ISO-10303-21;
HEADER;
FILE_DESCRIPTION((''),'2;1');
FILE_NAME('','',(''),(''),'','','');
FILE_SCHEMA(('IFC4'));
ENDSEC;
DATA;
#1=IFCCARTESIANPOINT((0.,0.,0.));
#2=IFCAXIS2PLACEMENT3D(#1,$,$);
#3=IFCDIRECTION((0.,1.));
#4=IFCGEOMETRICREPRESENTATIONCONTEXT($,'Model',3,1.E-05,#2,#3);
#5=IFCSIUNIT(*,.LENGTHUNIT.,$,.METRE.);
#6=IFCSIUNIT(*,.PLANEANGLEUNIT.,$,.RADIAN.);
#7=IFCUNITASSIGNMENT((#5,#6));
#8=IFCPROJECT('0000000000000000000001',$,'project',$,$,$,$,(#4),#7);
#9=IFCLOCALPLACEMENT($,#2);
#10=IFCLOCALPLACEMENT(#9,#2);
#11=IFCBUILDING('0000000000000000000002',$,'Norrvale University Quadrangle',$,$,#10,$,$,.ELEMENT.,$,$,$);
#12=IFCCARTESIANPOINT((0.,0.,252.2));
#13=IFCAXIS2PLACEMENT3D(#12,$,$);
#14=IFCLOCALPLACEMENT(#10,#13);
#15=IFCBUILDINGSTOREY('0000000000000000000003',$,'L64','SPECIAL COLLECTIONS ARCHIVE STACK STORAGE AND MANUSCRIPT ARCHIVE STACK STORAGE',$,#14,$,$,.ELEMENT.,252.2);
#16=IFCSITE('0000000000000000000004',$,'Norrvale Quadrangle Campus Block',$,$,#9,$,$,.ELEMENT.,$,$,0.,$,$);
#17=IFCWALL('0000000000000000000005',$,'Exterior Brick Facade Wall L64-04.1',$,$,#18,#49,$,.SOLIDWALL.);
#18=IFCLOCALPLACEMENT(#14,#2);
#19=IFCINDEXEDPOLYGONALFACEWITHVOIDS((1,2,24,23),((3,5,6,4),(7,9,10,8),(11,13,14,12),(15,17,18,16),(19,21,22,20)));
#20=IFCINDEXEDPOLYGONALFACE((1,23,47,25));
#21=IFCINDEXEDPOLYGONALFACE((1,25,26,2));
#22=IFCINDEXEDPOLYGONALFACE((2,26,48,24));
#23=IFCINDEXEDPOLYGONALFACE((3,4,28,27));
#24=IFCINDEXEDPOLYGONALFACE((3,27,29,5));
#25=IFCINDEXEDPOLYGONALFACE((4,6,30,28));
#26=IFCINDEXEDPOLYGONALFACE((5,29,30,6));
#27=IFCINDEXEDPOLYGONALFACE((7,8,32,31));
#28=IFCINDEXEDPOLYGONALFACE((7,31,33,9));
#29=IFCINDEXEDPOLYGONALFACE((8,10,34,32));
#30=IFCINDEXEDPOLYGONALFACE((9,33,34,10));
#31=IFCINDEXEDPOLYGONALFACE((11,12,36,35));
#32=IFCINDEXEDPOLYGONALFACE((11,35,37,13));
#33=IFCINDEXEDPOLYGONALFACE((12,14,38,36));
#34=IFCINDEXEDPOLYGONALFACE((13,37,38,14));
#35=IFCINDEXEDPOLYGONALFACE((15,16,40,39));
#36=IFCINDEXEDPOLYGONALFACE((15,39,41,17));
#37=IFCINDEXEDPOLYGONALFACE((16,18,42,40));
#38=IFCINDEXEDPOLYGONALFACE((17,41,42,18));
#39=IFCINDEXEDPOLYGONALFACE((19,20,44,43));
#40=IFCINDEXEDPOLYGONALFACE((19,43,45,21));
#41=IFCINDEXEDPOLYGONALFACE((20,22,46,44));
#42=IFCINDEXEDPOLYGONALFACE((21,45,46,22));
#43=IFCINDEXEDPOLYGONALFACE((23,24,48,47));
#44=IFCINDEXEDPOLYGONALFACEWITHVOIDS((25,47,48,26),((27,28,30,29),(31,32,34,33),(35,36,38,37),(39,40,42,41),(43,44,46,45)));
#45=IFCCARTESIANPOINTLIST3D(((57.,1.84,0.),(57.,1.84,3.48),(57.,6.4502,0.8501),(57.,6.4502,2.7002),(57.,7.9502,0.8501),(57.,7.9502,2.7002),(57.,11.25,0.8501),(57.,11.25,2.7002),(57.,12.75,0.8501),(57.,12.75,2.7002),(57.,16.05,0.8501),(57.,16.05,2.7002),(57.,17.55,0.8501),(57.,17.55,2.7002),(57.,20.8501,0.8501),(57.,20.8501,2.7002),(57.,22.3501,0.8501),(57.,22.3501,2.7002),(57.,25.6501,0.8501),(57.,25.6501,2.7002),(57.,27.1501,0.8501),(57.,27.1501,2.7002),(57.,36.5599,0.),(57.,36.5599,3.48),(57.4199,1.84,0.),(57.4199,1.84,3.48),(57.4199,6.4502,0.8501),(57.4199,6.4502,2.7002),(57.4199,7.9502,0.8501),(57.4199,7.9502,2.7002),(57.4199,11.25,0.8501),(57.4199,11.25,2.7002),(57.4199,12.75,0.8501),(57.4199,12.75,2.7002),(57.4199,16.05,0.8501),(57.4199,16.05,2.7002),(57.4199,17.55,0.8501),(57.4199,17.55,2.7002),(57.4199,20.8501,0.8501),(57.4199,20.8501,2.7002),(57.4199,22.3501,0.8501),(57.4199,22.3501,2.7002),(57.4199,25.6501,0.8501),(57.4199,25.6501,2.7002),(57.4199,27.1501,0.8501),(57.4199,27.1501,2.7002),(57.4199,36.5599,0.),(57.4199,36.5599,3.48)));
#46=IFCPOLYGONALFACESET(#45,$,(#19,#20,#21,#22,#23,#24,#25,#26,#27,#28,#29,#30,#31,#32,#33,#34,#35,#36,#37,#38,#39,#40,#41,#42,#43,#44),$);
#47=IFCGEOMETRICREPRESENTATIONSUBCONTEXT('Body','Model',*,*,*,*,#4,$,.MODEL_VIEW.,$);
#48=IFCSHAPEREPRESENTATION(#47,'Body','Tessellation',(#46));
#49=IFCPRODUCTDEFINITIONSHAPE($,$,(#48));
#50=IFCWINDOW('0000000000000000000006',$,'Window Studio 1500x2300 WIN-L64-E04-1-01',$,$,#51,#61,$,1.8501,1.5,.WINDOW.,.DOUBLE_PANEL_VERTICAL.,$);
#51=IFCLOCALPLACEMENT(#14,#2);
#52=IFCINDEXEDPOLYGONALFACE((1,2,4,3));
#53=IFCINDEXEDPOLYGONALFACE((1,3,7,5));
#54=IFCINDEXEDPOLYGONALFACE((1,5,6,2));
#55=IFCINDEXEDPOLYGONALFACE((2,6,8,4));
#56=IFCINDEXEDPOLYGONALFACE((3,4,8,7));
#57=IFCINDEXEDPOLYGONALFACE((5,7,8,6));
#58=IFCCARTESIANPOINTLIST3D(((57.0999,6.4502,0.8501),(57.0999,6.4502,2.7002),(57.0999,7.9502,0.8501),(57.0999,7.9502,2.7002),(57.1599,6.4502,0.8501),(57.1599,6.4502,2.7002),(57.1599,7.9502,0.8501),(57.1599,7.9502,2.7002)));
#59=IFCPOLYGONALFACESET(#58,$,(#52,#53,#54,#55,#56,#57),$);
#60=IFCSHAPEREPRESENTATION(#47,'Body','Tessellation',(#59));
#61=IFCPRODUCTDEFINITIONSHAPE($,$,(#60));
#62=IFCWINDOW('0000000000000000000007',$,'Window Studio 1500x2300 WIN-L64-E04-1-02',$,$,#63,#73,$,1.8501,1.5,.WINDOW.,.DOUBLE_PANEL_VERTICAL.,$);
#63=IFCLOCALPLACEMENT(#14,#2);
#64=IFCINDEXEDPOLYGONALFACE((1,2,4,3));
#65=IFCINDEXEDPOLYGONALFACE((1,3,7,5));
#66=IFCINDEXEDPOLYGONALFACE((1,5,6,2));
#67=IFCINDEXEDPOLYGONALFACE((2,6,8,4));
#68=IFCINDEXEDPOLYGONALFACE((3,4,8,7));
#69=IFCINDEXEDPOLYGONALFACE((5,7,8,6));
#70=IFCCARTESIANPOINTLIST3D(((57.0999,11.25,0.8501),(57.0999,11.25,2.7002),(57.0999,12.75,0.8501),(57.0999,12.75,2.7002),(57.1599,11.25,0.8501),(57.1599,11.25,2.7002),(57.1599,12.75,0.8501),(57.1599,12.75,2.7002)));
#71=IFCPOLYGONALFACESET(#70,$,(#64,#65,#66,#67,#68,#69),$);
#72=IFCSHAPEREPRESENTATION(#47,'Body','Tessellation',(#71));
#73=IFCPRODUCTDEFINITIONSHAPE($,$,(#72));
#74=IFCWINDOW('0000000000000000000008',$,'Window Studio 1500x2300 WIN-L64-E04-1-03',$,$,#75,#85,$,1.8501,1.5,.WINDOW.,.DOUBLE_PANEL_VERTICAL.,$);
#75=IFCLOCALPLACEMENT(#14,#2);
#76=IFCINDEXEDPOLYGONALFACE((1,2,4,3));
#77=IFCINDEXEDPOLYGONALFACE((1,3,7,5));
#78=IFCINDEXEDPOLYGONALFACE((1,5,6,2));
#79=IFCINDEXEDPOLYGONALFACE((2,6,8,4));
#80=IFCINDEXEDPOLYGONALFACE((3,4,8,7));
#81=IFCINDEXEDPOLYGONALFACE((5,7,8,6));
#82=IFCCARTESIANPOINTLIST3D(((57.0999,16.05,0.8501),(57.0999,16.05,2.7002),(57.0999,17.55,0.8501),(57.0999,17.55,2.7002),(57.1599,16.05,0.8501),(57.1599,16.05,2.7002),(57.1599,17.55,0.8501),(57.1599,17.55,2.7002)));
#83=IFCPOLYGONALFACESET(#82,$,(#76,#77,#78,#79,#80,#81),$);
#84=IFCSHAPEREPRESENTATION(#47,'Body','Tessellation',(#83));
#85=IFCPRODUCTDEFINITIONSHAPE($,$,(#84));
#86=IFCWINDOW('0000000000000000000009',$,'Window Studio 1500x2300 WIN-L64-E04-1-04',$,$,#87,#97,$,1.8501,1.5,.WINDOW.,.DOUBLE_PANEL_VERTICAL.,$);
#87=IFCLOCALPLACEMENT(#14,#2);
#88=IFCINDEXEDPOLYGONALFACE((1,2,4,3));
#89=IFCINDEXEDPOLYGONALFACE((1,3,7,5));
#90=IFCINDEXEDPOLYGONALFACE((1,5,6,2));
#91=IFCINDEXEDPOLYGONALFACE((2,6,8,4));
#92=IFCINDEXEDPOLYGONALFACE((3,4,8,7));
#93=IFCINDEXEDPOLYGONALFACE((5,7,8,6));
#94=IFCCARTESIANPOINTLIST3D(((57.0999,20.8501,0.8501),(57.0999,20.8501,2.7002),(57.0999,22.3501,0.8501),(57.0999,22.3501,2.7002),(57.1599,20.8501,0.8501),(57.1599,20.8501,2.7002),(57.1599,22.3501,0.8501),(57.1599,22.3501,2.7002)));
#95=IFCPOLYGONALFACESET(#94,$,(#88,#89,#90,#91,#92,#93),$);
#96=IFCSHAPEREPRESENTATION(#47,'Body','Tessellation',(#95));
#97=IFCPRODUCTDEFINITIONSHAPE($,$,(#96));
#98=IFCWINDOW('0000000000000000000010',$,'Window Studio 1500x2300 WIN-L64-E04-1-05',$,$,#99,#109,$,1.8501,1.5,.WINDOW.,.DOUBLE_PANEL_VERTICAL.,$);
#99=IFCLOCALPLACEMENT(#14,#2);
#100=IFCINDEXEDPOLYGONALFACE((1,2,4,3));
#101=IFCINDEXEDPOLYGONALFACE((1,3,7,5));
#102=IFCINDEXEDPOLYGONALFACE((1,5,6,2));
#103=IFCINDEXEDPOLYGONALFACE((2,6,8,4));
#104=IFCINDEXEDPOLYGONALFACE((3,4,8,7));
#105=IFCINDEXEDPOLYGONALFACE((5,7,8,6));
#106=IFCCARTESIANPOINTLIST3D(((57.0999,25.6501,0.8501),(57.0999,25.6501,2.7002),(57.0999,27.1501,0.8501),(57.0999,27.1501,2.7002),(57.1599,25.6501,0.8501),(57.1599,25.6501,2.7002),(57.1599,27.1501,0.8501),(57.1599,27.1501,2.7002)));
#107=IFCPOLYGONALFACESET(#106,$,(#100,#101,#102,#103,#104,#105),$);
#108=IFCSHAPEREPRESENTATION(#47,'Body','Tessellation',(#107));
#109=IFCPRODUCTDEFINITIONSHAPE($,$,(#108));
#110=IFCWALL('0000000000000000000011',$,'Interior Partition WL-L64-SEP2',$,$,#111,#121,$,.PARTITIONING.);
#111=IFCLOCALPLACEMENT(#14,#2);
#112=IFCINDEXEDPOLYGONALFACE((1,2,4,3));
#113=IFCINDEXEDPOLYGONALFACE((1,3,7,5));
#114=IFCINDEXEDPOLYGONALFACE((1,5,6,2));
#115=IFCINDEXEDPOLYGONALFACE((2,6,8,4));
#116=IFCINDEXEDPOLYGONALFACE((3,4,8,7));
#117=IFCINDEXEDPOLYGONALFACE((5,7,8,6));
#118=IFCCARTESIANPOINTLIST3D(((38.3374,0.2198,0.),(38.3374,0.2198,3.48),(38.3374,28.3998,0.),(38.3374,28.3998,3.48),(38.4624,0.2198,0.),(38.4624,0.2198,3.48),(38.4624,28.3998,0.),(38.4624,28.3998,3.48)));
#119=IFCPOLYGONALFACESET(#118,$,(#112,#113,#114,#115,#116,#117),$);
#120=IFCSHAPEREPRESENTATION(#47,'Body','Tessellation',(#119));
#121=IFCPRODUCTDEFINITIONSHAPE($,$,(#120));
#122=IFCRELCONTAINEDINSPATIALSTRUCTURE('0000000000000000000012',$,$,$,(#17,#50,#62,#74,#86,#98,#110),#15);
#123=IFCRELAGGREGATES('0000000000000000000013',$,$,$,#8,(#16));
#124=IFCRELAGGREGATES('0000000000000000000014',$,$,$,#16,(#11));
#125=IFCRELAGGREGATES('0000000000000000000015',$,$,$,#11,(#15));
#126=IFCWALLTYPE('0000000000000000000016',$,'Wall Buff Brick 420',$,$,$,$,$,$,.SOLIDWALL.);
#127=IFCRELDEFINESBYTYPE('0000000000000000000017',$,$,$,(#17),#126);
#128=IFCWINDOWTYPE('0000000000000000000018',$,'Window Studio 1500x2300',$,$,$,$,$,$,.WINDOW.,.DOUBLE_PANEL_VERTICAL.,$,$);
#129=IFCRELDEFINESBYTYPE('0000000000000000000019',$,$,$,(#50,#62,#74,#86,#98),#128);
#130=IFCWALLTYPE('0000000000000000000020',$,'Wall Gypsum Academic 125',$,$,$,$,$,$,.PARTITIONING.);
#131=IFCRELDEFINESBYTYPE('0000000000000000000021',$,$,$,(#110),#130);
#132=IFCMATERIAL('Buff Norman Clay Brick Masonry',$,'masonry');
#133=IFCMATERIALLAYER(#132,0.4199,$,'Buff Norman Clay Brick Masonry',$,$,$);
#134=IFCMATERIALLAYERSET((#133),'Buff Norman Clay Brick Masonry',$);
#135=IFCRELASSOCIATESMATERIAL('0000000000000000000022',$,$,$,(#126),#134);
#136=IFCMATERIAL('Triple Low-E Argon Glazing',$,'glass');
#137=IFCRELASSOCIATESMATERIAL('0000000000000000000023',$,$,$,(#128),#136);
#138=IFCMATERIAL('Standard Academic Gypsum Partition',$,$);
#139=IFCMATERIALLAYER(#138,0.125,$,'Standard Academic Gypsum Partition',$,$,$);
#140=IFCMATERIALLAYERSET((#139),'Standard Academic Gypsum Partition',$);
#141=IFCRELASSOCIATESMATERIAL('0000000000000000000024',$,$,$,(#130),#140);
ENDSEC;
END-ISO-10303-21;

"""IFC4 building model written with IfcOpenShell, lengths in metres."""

from ifc_helpers import new_model, si_unit, direction, frame, frame_2d, origin, place, context, subcontext, project, spatial, rectangle, extrude, material, layer, layer_set, type_object, element, fill, save


model = new_model("IFC4")

# Units and contexts
model_context = context("Model", 3, precision=1e-05, world=origin(), true_north=direction((0.0, 1.0)))
body_context = subcontext(model_context, "Body", "Model", "MODEL_VIEW")
ifc_project = project(units=[si_unit("LENGTHUNIT", "METRE"), si_unit("PLANEANGLEUNIT", "RADIAN")], contexts=[model_context])

# Site, building, storey
site_placement = place(None, origin())
site = spatial("IfcSite", under=ifc_project, at=site_placement, Name="Norrvale Quadrangle Campus Block", CompositionType="ELEMENT", RefElevation=0.0)
building_placement = place(site_placement, origin())
building = spatial("IfcBuilding", under=site, at=building_placement, Name="Norrvale University Quadrangle", CompositionType="ELEMENT")
storey_placement = place(building_placement, frame((0.0, 0.0, 252.2)))
storey = spatial("IfcBuildingStorey", under=building, at=storey_placement, Name="L64", Description="SPECIAL COLLECTIONS ARCHIVE STACK STORAGE AND MANUSCRIPT ARCHIVE STACK STORAGE", CompositionType="ELEMENT", Elevation=252.2)

# Shared definitions
ifc_material_1 = material(Name="Buff Norman Clay Brick Masonry", Category="masonry")
ifc_layer_1 = layer(ifc_material_1, 0.4199, Name="Buff Norman Clay Brick Masonry")
ifc_layer_set_1 = layer_set([ifc_layer_1], Name="Buff Norman Clay Brick Masonry")
wall_type_1 = type_object("IfcWallType", Name="Wall Buff Brick 420", PredefinedType="SOLIDWALL", material=ifc_layer_set_1)

# Wall, openings, windows
wall_1_placement = place(storey_placement, frame((57.21, 1.8401, 0.0), z_axis=(0.0, 0.0, 1.0), x_axis=(0.0, 1.0, 0.0)))
wall_1 = element("IfcWall", 1, at=wall_1_placement, inside=storey, type_object=wall_type_1, Name="Exterior Brick Facade Wall L64-04.1", PredefinedType="SOLIDWALL", context=body_context, shape_type="SweptSolid", body=[
    extrude(rectangle(XDim=34.72, YDim=0.4199, at=frame_2d((17.3599, 0.0))), origin(), (0.0, 0.0, 1.0), 3.48),
])
opening_1_placement = place(wall_1_placement, frame((4.6101, 0.0, 0.8501)))
opening_1 = element("IfcOpeningElement", 2, at=opening_1_placement, cuts=wall_1, PredefinedType="OPENING", context=body_context, shape_type="SweptSolid", body=[
    extrude(rectangle(XDim=1.5, YDim=1.8501, at=frame_2d((0.75, 0.925))), frame((0.0, 0.2219, 0.0), z_axis=(0.0, -1.0, 0.0), x_axis=(1.0, 0.0, 0.0)), (0.0, 0.0, 1.0), 0.4438),
])
opening_2_placement = place(wall_1_placement, frame((9.4099, 0.0, 0.8501)))
opening_2 = element("IfcOpeningElement", 3, at=opening_2_placement, cuts=wall_1, PredefinedType="OPENING", context=body_context, shape_type="SweptSolid", body=[
    extrude(rectangle(XDim=1.5, YDim=1.8501, at=frame_2d((0.75, 0.925))), frame((0.0, 0.2219, 0.0), z_axis=(0.0, -1.0, 0.0), x_axis=(1.0, 0.0, 0.0)), (0.0, 0.0, 1.0), 0.4438),
])
opening_3_placement = place(wall_1_placement, frame((14.21, 0.0, 0.8501)))
opening_3 = element("IfcOpeningElement", 4, at=opening_3_placement, cuts=wall_1, PredefinedType="OPENING", context=body_context, shape_type="SweptSolid", body=[
    extrude(rectangle(XDim=1.5, YDim=1.8501, at=frame_2d((0.75, 0.925))), frame((0.0, 0.2219, 0.0), z_axis=(0.0, -1.0, 0.0), x_axis=(1.0, 0.0, 0.0)), (0.0, 0.0, 1.0), 0.4438),
])
opening_4_placement = place(wall_1_placement, frame((19.01, 0.0, 0.8501)))
opening_4 = element("IfcOpeningElement", 5, at=opening_4_placement, cuts=wall_1, PredefinedType="OPENING", context=body_context, shape_type="SweptSolid", body=[
    extrude(rectangle(XDim=1.5, YDim=1.8501, at=frame_2d((0.75, 0.925))), frame((0.0, 0.2219, 0.0), z_axis=(0.0, -1.0, 0.0), x_axis=(1.0, 0.0, 0.0)), (0.0, 0.0, 1.0), 0.4438),
])
opening_5_placement = place(wall_1_placement, frame((23.8101, 0.0, 0.8501)))
opening_5 = element("IfcOpeningElement", 6, at=opening_5_placement, cuts=wall_1, PredefinedType="OPENING", context=body_context, shape_type="SweptSolid", body=[
    extrude(rectangle(XDim=1.5, YDim=1.8501, at=frame_2d((0.75, 0.925))), frame((0.0, 0.2219, 0.0), z_axis=(0.0, -1.0, 0.0), x_axis=(1.0, 0.0, 0.0)), (0.0, 0.0, 1.0), 0.4438),
])
ifc_material_2 = material(Name="Triple Low-E Argon Glazing", Category="glass")
window_type = type_object("IfcWindowType", Name="Window Studio 1500x2300", PartitioningType="DOUBLE_PANEL_VERTICAL", PredefinedType="WINDOW", material=ifc_material_2)
window_1_placement = place(opening_1_placement, origin())
window_1 = element("IfcWindow", 7, at=window_1_placement, inside=storey, type_object=window_type, Name="Window Studio 1500x2300 WIN-L64-E04-1-01", OverallHeight=1.8501, OverallWidth=1.5, PartitioningType="DOUBLE_PANEL_VERTICAL", PredefinedType="WINDOW", context=body_context, shape_type="SweptSolid", body=[
    extrude(rectangle(XDim=1.5, YDim=1.8501, at=frame_2d((0.75, 0.925))), frame((0.0, 0.1101, 0.0), z_axis=(0.0, -1.0, 0.0), x_axis=(1.0, 0.0, 0.0)), (0.0, 0.0, 1.0), 0.0601),
])
fill(opening_1, window_1)
window_2_placement = place(opening_2_placement, origin())
window_2 = element("IfcWindow", 8, at=window_2_placement, inside=storey, type_object=window_type, Name="Window Studio 1500x2300 WIN-L64-E04-1-02", OverallHeight=1.8501, OverallWidth=1.5, PartitioningType="DOUBLE_PANEL_VERTICAL", PredefinedType="WINDOW", context=body_context, shape_type="SweptSolid", body=[
    extrude(rectangle(XDim=1.5, YDim=1.8501, at=frame_2d((0.75, 0.925))), frame((0.0, 0.1101, 0.0), z_axis=(0.0, -1.0, 0.0), x_axis=(1.0, 0.0, 0.0)), (0.0, 0.0, 1.0), 0.0601),
])
fill(opening_2, window_2)
window_3_placement = place(opening_3_placement, origin())
window_3 = element("IfcWindow", 9, at=window_3_placement, inside=storey, type_object=window_type, Name="Window Studio 1500x2300 WIN-L64-E04-1-03", OverallHeight=1.8501, OverallWidth=1.5, PartitioningType="DOUBLE_PANEL_VERTICAL", PredefinedType="WINDOW", context=body_context, shape_type="SweptSolid", body=[
    extrude(rectangle(XDim=1.5, YDim=1.8501, at=frame_2d((0.75, 0.925))), frame((0.0, 0.1101, 0.0), z_axis=(0.0, -1.0, 0.0), x_axis=(1.0, 0.0, 0.0)), (0.0, 0.0, 1.0), 0.0601),
])
fill(opening_3, window_3)
window_4_placement = place(opening_4_placement, origin())
window_4 = element("IfcWindow", 10, at=window_4_placement, inside=storey, type_object=window_type, Name="Window Studio 1500x2300 WIN-L64-E04-1-04", OverallHeight=1.8501, OverallWidth=1.5, PartitioningType="DOUBLE_PANEL_VERTICAL", PredefinedType="WINDOW", context=body_context, shape_type="SweptSolid", body=[
    extrude(rectangle(XDim=1.5, YDim=1.8501, at=frame_2d((0.75, 0.925))), frame((0.0, 0.1101, 0.0), z_axis=(0.0, -1.0, 0.0), x_axis=(1.0, 0.0, 0.0)), (0.0, 0.0, 1.0), 0.0601),
])
fill(opening_4, window_4)
window_5_placement = place(opening_5_placement, origin())
window_5 = element("IfcWindow", 11, at=window_5_placement, inside=storey, type_object=window_type, Name="Window Studio 1500x2300 WIN-L64-E04-1-05", OverallHeight=1.8501, OverallWidth=1.5, PartitioningType="DOUBLE_PANEL_VERTICAL", PredefinedType="WINDOW", context=body_context, shape_type="SweptSolid", body=[
    extrude(rectangle(XDim=1.5, YDim=1.8501, at=frame_2d((0.75, 0.925))), frame((0.0, 0.1101, 0.0), z_axis=(0.0, -1.0, 0.0), x_axis=(1.0, 0.0, 0.0)), (0.0, 0.0, 1.0), 0.0601),
])
fill(opening_5, window_5)

# Wall
ifc_material_3 = material(Name="Standard Academic Gypsum Partition")
ifc_layer_2 = layer(ifc_material_3, 0.125, Name="Standard Academic Gypsum Partition")
ifc_layer_set_2 = layer_set([ifc_layer_2], Name="Standard Academic Gypsum Partition")
wall_type_2 = type_object("IfcWallType", Name="Wall Gypsum Academic 125", PredefinedType="PARTITIONING", material=ifc_layer_set_2)
wall_2_placement = place(storey_placement, frame((38.3999, 0.22, 0.0), z_axis=(0.0, 0.0, 1.0), x_axis=(0.0, 1.0, 0.0)))
element("IfcWall", 12, at=wall_2_placement, inside=storey, type_object=wall_type_2, Name="Interior Partition WL-L64-SEP2", PredefinedType="PARTITIONING", context=body_context, shape_type="SweptSolid", body=[
    extrude(rectangle(XDim=28.1799, YDim=0.125, at=frame_2d((14.0898, 0.0))), origin(), (0.0, 0.0, 1.0), 3.48),
])

save(model, "model.ifc")
